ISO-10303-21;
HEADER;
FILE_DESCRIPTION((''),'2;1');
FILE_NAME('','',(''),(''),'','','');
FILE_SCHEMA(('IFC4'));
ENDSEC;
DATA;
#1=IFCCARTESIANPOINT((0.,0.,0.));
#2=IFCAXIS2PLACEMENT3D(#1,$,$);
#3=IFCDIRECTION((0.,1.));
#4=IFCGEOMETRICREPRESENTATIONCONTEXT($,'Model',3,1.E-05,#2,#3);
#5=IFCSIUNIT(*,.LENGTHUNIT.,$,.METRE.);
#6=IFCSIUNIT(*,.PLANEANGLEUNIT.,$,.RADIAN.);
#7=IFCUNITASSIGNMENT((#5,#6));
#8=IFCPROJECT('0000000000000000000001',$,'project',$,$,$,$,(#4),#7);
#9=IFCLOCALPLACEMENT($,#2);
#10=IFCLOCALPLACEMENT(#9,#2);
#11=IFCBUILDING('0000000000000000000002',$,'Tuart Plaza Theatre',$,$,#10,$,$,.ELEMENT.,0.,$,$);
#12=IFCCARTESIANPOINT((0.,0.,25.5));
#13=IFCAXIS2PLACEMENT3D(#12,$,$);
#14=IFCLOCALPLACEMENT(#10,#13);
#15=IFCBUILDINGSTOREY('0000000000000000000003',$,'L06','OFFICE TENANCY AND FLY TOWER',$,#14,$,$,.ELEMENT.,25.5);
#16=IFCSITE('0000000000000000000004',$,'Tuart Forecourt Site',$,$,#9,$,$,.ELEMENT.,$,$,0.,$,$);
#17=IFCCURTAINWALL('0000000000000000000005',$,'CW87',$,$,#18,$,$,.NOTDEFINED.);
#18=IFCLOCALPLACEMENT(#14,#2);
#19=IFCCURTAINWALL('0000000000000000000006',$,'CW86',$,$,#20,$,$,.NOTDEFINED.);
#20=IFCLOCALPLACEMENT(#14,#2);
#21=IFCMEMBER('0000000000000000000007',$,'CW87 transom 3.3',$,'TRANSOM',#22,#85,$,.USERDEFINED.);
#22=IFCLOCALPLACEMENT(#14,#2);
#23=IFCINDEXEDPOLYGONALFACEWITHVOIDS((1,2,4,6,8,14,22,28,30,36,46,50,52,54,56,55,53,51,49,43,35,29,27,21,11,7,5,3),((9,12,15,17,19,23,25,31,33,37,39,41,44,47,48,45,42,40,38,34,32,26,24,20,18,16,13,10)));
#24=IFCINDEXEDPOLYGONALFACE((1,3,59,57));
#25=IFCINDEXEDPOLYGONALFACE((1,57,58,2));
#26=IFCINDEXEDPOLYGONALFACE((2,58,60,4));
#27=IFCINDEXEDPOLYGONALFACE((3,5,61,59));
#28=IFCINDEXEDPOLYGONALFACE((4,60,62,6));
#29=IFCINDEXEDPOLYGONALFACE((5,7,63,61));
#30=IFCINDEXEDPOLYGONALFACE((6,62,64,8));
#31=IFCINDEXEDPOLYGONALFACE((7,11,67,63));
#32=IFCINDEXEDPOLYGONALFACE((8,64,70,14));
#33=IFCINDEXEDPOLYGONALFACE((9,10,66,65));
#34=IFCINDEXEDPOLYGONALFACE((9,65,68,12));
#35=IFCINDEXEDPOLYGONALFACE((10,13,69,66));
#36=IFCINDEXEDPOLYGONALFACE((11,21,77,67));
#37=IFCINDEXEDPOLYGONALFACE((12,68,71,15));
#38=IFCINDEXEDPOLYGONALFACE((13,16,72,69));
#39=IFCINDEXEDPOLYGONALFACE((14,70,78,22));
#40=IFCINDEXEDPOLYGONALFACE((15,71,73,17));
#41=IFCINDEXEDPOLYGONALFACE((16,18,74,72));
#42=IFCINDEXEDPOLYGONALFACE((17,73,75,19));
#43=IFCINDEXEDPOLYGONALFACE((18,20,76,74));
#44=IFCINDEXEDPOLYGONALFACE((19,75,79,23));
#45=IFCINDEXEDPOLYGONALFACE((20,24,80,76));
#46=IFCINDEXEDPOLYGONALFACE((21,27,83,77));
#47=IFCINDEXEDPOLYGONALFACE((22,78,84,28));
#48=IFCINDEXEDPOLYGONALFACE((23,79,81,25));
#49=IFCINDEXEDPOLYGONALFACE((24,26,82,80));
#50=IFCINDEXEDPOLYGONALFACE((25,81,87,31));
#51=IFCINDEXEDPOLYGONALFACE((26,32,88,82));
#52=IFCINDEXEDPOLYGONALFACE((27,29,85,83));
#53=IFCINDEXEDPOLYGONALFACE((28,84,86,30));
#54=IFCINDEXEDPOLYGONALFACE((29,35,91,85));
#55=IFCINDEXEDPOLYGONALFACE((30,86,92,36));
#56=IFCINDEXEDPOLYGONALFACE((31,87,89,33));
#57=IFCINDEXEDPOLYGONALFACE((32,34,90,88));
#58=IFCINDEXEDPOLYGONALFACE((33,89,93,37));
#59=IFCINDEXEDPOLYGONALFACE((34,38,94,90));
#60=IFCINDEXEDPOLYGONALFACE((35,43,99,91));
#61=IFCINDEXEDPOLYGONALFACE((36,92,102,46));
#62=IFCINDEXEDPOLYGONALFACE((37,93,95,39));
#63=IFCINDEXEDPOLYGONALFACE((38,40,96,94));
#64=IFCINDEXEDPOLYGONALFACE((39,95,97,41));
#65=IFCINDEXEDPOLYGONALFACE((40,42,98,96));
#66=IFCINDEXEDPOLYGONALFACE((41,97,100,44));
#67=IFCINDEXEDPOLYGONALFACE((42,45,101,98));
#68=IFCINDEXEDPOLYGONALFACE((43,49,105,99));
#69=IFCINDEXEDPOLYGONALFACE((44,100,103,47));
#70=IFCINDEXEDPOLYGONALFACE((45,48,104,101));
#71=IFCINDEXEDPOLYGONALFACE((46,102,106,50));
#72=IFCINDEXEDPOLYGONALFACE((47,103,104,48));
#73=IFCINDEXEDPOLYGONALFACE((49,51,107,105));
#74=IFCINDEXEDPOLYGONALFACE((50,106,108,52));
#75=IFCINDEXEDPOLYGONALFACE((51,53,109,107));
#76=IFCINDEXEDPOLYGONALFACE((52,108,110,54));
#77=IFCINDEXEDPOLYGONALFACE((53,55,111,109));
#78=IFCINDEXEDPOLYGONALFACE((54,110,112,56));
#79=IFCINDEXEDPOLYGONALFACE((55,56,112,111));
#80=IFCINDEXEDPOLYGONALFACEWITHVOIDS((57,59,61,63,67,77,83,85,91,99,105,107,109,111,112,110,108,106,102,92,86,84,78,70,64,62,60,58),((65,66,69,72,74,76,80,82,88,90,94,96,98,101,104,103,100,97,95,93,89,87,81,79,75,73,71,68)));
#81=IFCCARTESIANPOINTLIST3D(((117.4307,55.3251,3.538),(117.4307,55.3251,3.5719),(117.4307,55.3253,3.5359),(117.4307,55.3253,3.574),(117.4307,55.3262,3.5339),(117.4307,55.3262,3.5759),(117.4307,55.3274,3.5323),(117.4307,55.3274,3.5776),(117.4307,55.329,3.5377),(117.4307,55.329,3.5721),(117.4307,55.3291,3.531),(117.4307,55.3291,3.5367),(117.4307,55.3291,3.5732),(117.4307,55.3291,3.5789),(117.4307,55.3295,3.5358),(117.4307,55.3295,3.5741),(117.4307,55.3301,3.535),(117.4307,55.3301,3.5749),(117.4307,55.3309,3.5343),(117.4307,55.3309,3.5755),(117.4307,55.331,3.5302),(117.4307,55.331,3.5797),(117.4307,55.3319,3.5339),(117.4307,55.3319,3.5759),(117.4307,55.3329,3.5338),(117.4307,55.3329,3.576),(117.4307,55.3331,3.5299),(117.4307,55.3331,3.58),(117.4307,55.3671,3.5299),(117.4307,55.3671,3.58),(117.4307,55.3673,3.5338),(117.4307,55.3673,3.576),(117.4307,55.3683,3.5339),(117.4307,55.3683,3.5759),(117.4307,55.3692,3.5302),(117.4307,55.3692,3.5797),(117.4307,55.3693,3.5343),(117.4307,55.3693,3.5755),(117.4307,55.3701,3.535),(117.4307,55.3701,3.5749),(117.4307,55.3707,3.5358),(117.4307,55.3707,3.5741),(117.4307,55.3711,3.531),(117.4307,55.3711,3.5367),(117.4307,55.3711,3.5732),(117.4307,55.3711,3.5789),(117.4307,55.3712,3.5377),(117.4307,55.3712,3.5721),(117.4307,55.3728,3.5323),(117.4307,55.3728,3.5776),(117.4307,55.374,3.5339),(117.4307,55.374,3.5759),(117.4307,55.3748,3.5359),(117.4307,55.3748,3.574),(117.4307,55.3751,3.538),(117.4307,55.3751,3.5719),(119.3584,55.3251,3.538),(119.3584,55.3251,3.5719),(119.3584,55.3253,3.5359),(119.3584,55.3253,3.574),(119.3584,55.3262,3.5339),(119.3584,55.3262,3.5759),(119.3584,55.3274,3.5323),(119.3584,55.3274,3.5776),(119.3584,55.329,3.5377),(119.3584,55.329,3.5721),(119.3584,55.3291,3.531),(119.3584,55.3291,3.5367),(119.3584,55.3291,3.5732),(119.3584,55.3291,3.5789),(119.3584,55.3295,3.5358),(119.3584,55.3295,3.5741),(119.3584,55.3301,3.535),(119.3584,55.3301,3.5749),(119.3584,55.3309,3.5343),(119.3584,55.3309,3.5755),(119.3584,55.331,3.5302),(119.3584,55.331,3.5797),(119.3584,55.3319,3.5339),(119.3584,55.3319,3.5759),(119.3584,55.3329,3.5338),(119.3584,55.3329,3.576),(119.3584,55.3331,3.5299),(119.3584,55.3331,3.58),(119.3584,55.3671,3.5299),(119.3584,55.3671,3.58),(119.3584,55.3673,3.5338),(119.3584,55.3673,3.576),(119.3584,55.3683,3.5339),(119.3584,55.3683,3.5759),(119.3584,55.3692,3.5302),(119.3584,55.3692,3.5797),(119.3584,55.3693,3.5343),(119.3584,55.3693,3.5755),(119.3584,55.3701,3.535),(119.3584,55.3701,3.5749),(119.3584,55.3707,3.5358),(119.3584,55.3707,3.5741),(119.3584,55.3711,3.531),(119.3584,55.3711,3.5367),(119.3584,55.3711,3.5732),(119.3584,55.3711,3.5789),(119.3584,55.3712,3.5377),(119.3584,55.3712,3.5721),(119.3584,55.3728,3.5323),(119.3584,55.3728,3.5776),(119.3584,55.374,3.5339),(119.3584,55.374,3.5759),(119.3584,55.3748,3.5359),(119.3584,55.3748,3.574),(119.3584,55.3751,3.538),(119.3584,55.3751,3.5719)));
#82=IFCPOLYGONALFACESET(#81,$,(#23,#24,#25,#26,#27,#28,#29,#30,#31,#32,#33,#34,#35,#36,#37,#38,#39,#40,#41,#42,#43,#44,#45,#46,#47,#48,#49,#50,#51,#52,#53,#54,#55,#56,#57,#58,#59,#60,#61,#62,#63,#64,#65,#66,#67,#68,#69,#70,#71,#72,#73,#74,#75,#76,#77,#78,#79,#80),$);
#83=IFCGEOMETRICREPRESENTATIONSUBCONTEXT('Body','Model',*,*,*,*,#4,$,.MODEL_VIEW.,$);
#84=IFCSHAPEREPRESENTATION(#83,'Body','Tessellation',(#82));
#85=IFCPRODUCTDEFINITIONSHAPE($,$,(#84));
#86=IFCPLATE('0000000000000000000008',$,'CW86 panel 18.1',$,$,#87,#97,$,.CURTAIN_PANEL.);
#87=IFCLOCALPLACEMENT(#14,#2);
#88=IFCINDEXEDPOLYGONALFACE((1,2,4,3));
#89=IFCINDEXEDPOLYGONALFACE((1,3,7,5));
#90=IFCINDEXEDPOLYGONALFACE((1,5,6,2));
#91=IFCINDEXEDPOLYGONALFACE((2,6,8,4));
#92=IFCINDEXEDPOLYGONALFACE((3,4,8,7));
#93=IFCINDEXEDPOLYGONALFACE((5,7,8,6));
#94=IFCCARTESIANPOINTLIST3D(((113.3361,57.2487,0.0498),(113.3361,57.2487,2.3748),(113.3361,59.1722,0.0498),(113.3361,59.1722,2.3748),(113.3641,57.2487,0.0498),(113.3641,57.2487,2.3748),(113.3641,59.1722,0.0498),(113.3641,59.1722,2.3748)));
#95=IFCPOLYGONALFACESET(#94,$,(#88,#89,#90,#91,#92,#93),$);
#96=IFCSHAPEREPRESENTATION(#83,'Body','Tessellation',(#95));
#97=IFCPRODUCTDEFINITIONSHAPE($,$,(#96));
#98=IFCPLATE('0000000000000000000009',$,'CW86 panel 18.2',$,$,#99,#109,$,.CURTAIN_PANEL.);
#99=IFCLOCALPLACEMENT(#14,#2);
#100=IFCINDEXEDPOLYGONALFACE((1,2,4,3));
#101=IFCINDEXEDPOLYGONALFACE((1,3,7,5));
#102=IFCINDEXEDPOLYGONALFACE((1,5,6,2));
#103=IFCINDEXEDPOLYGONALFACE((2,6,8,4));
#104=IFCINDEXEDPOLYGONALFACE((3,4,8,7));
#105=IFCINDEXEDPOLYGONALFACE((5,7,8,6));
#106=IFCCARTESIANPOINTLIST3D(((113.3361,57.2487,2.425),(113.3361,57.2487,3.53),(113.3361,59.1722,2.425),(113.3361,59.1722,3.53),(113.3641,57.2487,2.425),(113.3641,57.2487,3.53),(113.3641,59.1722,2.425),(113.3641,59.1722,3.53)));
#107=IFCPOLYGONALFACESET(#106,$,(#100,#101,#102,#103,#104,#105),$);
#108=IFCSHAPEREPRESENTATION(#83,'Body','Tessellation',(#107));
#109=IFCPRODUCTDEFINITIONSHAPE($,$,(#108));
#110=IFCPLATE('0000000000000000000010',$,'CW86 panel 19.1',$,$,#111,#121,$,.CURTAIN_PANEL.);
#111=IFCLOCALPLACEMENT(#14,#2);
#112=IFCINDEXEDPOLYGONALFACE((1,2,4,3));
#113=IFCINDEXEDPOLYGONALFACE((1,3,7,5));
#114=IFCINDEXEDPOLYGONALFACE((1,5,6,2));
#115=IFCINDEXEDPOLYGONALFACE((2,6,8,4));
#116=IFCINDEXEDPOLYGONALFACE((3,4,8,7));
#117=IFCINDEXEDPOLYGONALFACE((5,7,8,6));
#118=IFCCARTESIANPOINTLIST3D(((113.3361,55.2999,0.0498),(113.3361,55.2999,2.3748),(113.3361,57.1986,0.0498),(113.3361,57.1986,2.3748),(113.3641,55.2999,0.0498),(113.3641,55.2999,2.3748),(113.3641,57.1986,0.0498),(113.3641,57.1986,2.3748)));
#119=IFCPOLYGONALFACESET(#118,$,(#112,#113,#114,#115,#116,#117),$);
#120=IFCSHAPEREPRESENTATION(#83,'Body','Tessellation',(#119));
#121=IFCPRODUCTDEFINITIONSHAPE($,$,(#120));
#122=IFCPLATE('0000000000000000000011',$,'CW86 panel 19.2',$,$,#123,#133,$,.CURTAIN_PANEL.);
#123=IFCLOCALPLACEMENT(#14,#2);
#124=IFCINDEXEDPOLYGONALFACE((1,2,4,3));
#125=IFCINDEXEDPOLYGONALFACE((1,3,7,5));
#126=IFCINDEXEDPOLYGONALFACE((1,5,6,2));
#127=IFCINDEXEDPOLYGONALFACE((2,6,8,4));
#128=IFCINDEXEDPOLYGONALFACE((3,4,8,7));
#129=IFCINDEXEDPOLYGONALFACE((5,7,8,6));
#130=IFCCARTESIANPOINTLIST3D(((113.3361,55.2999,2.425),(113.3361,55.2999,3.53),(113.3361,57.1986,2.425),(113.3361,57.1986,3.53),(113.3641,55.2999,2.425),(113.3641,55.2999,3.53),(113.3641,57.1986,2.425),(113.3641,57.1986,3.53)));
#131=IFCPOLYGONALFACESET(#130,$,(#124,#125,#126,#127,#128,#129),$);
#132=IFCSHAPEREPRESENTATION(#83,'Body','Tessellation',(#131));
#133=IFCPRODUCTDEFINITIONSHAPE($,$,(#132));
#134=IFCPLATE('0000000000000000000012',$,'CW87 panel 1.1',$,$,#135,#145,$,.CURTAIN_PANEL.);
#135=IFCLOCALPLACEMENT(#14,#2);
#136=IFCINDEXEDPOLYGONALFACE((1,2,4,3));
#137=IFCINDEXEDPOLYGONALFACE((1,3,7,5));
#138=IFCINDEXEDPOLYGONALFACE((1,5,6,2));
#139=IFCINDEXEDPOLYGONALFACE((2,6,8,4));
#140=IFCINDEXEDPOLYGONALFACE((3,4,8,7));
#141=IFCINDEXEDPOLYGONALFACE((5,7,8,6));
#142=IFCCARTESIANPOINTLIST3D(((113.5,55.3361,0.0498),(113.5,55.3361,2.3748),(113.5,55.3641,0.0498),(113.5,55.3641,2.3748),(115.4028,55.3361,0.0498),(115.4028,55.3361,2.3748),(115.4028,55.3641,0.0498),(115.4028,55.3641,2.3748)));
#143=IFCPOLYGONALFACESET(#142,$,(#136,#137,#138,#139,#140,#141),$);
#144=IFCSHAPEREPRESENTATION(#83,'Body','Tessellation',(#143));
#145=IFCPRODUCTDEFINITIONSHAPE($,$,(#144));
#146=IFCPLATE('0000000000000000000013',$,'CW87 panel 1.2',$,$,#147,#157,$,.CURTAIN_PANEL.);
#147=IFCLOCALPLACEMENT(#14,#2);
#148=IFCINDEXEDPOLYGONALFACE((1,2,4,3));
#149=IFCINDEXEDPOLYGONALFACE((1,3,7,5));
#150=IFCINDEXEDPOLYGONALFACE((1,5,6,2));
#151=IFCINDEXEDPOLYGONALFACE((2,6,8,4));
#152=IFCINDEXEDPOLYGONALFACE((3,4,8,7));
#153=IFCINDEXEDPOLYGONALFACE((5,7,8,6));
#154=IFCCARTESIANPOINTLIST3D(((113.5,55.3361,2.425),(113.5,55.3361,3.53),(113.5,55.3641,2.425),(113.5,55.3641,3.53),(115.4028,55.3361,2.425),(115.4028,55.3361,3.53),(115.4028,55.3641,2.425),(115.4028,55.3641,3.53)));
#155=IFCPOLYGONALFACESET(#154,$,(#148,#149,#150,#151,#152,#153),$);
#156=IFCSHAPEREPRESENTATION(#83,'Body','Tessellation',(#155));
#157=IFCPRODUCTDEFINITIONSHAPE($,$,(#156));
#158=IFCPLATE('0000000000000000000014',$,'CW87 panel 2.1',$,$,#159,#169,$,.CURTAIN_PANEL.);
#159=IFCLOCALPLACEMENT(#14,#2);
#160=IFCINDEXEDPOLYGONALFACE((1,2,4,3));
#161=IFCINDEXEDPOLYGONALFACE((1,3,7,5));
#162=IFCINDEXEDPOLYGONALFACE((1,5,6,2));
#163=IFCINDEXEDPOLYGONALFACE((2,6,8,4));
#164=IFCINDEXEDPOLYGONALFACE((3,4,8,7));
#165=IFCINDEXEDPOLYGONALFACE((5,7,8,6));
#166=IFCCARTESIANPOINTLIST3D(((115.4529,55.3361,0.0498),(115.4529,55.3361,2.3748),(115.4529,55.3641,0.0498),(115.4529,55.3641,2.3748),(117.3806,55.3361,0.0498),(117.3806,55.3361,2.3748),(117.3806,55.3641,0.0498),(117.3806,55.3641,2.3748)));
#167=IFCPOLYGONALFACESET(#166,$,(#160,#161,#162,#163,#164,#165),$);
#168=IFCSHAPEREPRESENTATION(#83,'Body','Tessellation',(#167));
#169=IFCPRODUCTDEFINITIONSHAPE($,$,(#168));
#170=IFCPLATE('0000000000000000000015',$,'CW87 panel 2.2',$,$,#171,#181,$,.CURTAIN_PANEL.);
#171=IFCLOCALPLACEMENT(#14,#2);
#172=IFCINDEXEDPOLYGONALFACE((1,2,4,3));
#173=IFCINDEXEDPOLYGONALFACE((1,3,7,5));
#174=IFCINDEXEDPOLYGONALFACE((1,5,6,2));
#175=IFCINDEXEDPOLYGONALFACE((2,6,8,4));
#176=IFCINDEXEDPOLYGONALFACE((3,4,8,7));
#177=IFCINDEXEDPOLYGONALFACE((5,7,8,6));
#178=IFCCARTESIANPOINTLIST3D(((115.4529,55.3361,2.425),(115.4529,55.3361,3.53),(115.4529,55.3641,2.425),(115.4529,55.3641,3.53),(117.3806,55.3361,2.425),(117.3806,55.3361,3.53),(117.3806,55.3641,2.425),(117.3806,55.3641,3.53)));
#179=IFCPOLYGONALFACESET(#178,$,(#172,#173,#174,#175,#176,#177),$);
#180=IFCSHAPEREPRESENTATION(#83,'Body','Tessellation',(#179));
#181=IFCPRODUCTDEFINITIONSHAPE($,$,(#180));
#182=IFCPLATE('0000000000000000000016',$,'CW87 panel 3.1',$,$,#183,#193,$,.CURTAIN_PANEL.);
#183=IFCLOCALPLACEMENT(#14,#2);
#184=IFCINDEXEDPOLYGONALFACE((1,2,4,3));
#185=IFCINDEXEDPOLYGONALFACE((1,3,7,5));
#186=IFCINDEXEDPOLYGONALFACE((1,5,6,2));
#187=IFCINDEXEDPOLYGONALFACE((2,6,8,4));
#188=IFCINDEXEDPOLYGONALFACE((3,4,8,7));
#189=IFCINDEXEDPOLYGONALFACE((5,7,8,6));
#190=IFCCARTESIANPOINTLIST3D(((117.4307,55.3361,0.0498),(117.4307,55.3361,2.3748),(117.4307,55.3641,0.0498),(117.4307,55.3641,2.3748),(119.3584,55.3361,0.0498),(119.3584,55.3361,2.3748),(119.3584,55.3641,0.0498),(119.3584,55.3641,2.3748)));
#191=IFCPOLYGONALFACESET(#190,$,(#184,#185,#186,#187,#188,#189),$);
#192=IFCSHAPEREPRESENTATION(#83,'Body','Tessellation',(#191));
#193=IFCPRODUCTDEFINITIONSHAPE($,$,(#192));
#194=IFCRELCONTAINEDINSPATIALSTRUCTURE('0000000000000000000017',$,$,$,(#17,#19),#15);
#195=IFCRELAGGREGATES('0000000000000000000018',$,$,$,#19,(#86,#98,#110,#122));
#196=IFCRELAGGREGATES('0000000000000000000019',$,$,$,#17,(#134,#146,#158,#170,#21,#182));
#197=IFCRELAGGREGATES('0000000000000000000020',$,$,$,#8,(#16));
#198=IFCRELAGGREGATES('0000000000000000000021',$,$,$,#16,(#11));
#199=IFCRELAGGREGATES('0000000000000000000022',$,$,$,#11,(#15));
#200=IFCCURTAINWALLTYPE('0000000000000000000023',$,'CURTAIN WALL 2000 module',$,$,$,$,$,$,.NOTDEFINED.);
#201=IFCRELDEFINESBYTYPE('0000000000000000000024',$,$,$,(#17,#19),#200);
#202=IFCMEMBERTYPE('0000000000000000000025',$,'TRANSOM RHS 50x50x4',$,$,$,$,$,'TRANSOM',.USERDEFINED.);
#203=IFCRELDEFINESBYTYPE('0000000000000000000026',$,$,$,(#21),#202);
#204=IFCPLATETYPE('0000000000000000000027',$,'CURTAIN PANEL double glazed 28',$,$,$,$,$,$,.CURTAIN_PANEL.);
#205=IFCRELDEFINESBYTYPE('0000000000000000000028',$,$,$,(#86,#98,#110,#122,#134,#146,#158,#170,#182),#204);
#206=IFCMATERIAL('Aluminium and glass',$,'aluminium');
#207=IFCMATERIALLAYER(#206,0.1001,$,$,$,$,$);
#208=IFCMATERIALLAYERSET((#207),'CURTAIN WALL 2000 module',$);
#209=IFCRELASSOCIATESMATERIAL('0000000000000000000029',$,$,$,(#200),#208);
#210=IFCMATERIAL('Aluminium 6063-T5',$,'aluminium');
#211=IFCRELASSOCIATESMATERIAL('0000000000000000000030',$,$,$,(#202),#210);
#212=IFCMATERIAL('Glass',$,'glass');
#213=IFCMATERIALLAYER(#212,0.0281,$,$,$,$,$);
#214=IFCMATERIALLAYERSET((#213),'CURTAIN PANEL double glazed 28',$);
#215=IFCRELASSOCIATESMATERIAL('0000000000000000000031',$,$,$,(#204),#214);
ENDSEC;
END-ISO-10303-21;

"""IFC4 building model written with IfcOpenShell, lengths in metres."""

from ifc_helpers import new_model, si_unit, direction, frame, origin, origin_2d, place, context, subcontext, project, spatial, rectangle, hollow_rectangle, extrude, material, layer, layer_set, material_profile, profile_set, type_object, element, aggregate, save


model = new_model("IFC4")

# Units and contexts
model_context = context("Model", 3, precision=1e-05, world=origin(), true_north=direction((0.0, 1.0)))
body_context = subcontext(model_context, "Body", "Model", "MODEL_VIEW")
ifc_project = project(units=[si_unit("LENGTHUNIT", "METRE"), si_unit("PLANEANGLEUNIT", "RADIAN")], contexts=[model_context])

# Site, building, storey
site_placement = place(None, origin())
site = spatial("IfcSite", under=ifc_project, at=site_placement, Name="Tuart Forecourt Site", CompositionType="ELEMENT", RefElevation=0.0)
building_placement = place(site_placement, origin())
building = spatial("IfcBuilding", under=site, at=building_placement, Name="Tuart Plaza Theatre", CompositionType="ELEMENT", ElevationOfRefHeight=0.0)
storey_placement = place(building_placement, frame((0.0, 0.0, 25.5)))
storey = spatial("IfcBuildingStorey", under=building, at=storey_placement, Name="L06", Description="OFFICE TENANCY AND FLY TOWER", CompositionType="ELEMENT", Elevation=25.5)

# Curtain walls
ifc_material_1 = material(Name="Aluminium and glass", Category="aluminium")
ifc_layer_1 = layer(ifc_material_1, 0.1001)
ifc_layer_set_1 = layer_set([ifc_layer_1], Name="CURTAIN WALL 2000 module")
curtain_wall_type = type_object("IfcCurtainWallType", Name="CURTAIN WALL 2000 module", PredefinedType="NOTDEFINED", material=ifc_layer_set_1)
curtain_wall_1_placement = place(storey_placement, origin())
curtain_wall_1 = element("IfcCurtainWall", 1, at=curtain_wall_1_placement, inside=storey, type_object=curtain_wall_type, Name="CW87", PredefinedType="NOTDEFINED")
curtain_wall_2_placement = place(storey_placement, origin())
curtain_wall_2 = element("IfcCurtainWall", 2, at=curtain_wall_2_placement, inside=storey, type_object=curtain_wall_type, Name="CW86", PredefinedType="NOTDEFINED")
ifc_material_2 = material(Name="Aluminium 6063-T5", Category="aluminium")
ifc_material_profile_1 = material_profile(ifc_material_2, hollow_rectangle(XDim=0.05, YDim=0.05, WallThickness=0.0039, InnerFilletRadius=0.0039, OuterFilletRadius=0.0081, at=origin_2d()), Name="RHS 50x50x4")
ifc_profile_set_1 = profile_set([ifc_material_profile_1], Name="Aluminium 6063-T5")
member_type_1 = type_object("IfcMemberType", Name="TRANSOM RHS 50x50x4", ElementType="TRANSOM", PredefinedType="USERDEFINED", material=ifc_profile_set_1)

# Member
member_1_placement = place(storey_placement, frame((117.4307, 55.3501, 3.5549), z_axis=(1.0, 0.0, 0.0), x_axis=(0.0, 1.0, 0.0)))
member_1 = element("IfcMember", 3, at=member_1_placement, type_object=member_type_1, Name="CW87 transom 3.3", ObjectType="TRANSOM", PredefinedType="USERDEFINED", context=body_context, shape_type="SweptSolid", body=[
    extrude(hollow_rectangle(XDim=0.05, YDim=0.05, WallThickness=0.0039, InnerFilletRadius=0.0039, OuterFilletRadius=0.0081, at=origin_2d()), origin(), (0.0, 0.0, 1.0), 1.9277),
])

# Plates
ifc_material_3 = material(Name="Glass", Category="glass")
ifc_layer_2 = layer(ifc_material_3, 0.0281)
ifc_layer_set_2 = layer_set([ifc_layer_2], Name="CURTAIN PANEL double glazed 28")
plate_type = type_object("IfcPlateType", Name="CURTAIN PANEL double glazed 28", PredefinedType="CURTAIN_PANEL", material=ifc_layer_set_2)
plate_1_placement = place(storey_placement, frame((113.3501, 58.2104, 0.0498), z_axis=(0.0, 0.0, 1.0), x_axis=(0.0, -1.0, 0.0)))
plate_1 = element("IfcPlate", 4, at=plate_1_placement, type_object=plate_type, Name="CW86 panel 18.1", PredefinedType="CURTAIN_PANEL", context=body_context, shape_type="SweptSolid", body=[
    extrude(rectangle(XDim=1.9236, YDim=0.0281, at=origin_2d()), origin(), (0.0, 0.0, 1.0), 2.325),
])
plate_2_placement = place(storey_placement, frame((113.3501, 58.2104, 2.425), z_axis=(0.0, 0.0, 1.0), x_axis=(0.0, -1.0, 0.0)))
plate_2 = element("IfcPlate", 5, at=plate_2_placement, type_object=plate_type, Name="CW86 panel 18.2", PredefinedType="CURTAIN_PANEL", context=body_context, shape_type="SweptSolid", body=[
    extrude(rectangle(XDim=1.9236, YDim=0.0281, at=origin_2d()), origin(), (0.0, 0.0, 1.0), 1.105),
])
plate_3_placement = place(storey_placement, frame((113.3501, 56.2493, 0.0498), z_axis=(0.0, 0.0, 1.0), x_axis=(0.0, -1.0, 0.0)))
plate_3 = element("IfcPlate", 6, at=plate_3_placement, type_object=plate_type, Name="CW86 panel 19.1", PredefinedType="CURTAIN_PANEL", context=body_context, shape_type="SweptSolid", body=[
    extrude(rectangle(XDim=1.8987, YDim=0.0281, at=origin_2d()), origin(), (0.0, 0.0, 1.0), 2.325),
])
plate_4_placement = place(storey_placement, frame((113.3501, 56.2493, 2.425), z_axis=(0.0, 0.0, 1.0), x_axis=(0.0, -1.0, 0.0)))
plate_4 = element("IfcPlate", 7, at=plate_4_placement, type_object=plate_type, Name="CW86 panel 19.2", PredefinedType="CURTAIN_PANEL", context=body_context, shape_type="SweptSolid", body=[
    extrude(rectangle(XDim=1.8987, YDim=0.0281, at=origin_2d()), origin(), (0.0, 0.0, 1.0), 1.105),
])
aggregate(curtain_wall_2, [plate_1, plate_2, plate_3, plate_4])
plate_5_placement = place(storey_placement, frame((114.4514, 55.3501, 0.0498), z_axis=(0.0, 0.0, 1.0), x_axis=(1.0, 0.0, 0.0)))
plate_5 = element("IfcPlate", 8, at=plate_5_placement, type_object=plate_type, Name="CW87 panel 1.1", PredefinedType="CURTAIN_PANEL", context=body_context, shape_type="SweptSolid", body=[
    extrude(rectangle(XDim=1.9028, YDim=0.0281, at=origin_2d()), origin(), (0.0, 0.0, 1.0), 2.325),
])
plate_6_placement = place(storey_placement, frame((114.4514, 55.3501, 2.425), z_axis=(0.0, 0.0, 1.0), x_axis=(1.0, 0.0, 0.0)))
plate_6 = element("IfcPlate", 9, at=plate_6_placement, type_object=plate_type, Name="CW87 panel 1.2", PredefinedType="CURTAIN_PANEL", context=body_context, shape_type="SweptSolid", body=[
    extrude(rectangle(XDim=1.9028, YDim=0.0281, at=origin_2d()), origin(), (0.0, 0.0, 1.0), 1.105),
])
plate_7_placement = place(storey_placement, frame((116.4167, 55.3501, 0.0498), z_axis=(0.0, 0.0, 1.0), x_axis=(1.0, 0.0, 0.0)))
plate_7 = element("IfcPlate", 10, at=plate_7_placement, type_object=plate_type, Name="CW87 panel 2.1", PredefinedType="CURTAIN_PANEL", context=body_context, shape_type="SweptSolid", body=[
    extrude(rectangle(XDim=1.9277, YDim=0.0281, at=origin_2d()), origin(), (0.0, 0.0, 1.0), 2.325),
])
plate_8_placement = place(storey_placement, frame((116.4167, 55.3501, 2.425), z_axis=(0.0, 0.0, 1.0), x_axis=(1.0, 0.0, 0.0)))
plate_8 = element("IfcPlate", 11, at=plate_8_placement, type_object=plate_type, Name="CW87 panel 2.2", PredefinedType="CURTAIN_PANEL", context=body_context, shape_type="SweptSolid", body=[
    extrude(rectangle(XDim=1.9277, YDim=0.0281, at=origin_2d()), origin(), (0.0, 0.0, 1.0), 1.105),
])
plate_9_placement = place(storey_placement, frame((118.3945, 55.3501, 0.0498), z_axis=(0.0, 0.0, 1.0), x_axis=(1.0, 0.0, 0.0)))
plate_9 = element("IfcPlate", 12, at=plate_9_placement, type_object=plate_type, Name="CW87 panel 3.1", PredefinedType="CURTAIN_PANEL", context=body_context, shape_type="SweptSolid", body=[
    extrude(rectangle(XDim=1.9277, YDim=0.0281, at=origin_2d()), origin(), (0.0, 0.0, 1.0), 2.325),
])
aggregate(curtain_wall_1, [plate_5, plate_6, plate_7, plate_8, member_1, plate_9])

save(model, "model.ifc")
